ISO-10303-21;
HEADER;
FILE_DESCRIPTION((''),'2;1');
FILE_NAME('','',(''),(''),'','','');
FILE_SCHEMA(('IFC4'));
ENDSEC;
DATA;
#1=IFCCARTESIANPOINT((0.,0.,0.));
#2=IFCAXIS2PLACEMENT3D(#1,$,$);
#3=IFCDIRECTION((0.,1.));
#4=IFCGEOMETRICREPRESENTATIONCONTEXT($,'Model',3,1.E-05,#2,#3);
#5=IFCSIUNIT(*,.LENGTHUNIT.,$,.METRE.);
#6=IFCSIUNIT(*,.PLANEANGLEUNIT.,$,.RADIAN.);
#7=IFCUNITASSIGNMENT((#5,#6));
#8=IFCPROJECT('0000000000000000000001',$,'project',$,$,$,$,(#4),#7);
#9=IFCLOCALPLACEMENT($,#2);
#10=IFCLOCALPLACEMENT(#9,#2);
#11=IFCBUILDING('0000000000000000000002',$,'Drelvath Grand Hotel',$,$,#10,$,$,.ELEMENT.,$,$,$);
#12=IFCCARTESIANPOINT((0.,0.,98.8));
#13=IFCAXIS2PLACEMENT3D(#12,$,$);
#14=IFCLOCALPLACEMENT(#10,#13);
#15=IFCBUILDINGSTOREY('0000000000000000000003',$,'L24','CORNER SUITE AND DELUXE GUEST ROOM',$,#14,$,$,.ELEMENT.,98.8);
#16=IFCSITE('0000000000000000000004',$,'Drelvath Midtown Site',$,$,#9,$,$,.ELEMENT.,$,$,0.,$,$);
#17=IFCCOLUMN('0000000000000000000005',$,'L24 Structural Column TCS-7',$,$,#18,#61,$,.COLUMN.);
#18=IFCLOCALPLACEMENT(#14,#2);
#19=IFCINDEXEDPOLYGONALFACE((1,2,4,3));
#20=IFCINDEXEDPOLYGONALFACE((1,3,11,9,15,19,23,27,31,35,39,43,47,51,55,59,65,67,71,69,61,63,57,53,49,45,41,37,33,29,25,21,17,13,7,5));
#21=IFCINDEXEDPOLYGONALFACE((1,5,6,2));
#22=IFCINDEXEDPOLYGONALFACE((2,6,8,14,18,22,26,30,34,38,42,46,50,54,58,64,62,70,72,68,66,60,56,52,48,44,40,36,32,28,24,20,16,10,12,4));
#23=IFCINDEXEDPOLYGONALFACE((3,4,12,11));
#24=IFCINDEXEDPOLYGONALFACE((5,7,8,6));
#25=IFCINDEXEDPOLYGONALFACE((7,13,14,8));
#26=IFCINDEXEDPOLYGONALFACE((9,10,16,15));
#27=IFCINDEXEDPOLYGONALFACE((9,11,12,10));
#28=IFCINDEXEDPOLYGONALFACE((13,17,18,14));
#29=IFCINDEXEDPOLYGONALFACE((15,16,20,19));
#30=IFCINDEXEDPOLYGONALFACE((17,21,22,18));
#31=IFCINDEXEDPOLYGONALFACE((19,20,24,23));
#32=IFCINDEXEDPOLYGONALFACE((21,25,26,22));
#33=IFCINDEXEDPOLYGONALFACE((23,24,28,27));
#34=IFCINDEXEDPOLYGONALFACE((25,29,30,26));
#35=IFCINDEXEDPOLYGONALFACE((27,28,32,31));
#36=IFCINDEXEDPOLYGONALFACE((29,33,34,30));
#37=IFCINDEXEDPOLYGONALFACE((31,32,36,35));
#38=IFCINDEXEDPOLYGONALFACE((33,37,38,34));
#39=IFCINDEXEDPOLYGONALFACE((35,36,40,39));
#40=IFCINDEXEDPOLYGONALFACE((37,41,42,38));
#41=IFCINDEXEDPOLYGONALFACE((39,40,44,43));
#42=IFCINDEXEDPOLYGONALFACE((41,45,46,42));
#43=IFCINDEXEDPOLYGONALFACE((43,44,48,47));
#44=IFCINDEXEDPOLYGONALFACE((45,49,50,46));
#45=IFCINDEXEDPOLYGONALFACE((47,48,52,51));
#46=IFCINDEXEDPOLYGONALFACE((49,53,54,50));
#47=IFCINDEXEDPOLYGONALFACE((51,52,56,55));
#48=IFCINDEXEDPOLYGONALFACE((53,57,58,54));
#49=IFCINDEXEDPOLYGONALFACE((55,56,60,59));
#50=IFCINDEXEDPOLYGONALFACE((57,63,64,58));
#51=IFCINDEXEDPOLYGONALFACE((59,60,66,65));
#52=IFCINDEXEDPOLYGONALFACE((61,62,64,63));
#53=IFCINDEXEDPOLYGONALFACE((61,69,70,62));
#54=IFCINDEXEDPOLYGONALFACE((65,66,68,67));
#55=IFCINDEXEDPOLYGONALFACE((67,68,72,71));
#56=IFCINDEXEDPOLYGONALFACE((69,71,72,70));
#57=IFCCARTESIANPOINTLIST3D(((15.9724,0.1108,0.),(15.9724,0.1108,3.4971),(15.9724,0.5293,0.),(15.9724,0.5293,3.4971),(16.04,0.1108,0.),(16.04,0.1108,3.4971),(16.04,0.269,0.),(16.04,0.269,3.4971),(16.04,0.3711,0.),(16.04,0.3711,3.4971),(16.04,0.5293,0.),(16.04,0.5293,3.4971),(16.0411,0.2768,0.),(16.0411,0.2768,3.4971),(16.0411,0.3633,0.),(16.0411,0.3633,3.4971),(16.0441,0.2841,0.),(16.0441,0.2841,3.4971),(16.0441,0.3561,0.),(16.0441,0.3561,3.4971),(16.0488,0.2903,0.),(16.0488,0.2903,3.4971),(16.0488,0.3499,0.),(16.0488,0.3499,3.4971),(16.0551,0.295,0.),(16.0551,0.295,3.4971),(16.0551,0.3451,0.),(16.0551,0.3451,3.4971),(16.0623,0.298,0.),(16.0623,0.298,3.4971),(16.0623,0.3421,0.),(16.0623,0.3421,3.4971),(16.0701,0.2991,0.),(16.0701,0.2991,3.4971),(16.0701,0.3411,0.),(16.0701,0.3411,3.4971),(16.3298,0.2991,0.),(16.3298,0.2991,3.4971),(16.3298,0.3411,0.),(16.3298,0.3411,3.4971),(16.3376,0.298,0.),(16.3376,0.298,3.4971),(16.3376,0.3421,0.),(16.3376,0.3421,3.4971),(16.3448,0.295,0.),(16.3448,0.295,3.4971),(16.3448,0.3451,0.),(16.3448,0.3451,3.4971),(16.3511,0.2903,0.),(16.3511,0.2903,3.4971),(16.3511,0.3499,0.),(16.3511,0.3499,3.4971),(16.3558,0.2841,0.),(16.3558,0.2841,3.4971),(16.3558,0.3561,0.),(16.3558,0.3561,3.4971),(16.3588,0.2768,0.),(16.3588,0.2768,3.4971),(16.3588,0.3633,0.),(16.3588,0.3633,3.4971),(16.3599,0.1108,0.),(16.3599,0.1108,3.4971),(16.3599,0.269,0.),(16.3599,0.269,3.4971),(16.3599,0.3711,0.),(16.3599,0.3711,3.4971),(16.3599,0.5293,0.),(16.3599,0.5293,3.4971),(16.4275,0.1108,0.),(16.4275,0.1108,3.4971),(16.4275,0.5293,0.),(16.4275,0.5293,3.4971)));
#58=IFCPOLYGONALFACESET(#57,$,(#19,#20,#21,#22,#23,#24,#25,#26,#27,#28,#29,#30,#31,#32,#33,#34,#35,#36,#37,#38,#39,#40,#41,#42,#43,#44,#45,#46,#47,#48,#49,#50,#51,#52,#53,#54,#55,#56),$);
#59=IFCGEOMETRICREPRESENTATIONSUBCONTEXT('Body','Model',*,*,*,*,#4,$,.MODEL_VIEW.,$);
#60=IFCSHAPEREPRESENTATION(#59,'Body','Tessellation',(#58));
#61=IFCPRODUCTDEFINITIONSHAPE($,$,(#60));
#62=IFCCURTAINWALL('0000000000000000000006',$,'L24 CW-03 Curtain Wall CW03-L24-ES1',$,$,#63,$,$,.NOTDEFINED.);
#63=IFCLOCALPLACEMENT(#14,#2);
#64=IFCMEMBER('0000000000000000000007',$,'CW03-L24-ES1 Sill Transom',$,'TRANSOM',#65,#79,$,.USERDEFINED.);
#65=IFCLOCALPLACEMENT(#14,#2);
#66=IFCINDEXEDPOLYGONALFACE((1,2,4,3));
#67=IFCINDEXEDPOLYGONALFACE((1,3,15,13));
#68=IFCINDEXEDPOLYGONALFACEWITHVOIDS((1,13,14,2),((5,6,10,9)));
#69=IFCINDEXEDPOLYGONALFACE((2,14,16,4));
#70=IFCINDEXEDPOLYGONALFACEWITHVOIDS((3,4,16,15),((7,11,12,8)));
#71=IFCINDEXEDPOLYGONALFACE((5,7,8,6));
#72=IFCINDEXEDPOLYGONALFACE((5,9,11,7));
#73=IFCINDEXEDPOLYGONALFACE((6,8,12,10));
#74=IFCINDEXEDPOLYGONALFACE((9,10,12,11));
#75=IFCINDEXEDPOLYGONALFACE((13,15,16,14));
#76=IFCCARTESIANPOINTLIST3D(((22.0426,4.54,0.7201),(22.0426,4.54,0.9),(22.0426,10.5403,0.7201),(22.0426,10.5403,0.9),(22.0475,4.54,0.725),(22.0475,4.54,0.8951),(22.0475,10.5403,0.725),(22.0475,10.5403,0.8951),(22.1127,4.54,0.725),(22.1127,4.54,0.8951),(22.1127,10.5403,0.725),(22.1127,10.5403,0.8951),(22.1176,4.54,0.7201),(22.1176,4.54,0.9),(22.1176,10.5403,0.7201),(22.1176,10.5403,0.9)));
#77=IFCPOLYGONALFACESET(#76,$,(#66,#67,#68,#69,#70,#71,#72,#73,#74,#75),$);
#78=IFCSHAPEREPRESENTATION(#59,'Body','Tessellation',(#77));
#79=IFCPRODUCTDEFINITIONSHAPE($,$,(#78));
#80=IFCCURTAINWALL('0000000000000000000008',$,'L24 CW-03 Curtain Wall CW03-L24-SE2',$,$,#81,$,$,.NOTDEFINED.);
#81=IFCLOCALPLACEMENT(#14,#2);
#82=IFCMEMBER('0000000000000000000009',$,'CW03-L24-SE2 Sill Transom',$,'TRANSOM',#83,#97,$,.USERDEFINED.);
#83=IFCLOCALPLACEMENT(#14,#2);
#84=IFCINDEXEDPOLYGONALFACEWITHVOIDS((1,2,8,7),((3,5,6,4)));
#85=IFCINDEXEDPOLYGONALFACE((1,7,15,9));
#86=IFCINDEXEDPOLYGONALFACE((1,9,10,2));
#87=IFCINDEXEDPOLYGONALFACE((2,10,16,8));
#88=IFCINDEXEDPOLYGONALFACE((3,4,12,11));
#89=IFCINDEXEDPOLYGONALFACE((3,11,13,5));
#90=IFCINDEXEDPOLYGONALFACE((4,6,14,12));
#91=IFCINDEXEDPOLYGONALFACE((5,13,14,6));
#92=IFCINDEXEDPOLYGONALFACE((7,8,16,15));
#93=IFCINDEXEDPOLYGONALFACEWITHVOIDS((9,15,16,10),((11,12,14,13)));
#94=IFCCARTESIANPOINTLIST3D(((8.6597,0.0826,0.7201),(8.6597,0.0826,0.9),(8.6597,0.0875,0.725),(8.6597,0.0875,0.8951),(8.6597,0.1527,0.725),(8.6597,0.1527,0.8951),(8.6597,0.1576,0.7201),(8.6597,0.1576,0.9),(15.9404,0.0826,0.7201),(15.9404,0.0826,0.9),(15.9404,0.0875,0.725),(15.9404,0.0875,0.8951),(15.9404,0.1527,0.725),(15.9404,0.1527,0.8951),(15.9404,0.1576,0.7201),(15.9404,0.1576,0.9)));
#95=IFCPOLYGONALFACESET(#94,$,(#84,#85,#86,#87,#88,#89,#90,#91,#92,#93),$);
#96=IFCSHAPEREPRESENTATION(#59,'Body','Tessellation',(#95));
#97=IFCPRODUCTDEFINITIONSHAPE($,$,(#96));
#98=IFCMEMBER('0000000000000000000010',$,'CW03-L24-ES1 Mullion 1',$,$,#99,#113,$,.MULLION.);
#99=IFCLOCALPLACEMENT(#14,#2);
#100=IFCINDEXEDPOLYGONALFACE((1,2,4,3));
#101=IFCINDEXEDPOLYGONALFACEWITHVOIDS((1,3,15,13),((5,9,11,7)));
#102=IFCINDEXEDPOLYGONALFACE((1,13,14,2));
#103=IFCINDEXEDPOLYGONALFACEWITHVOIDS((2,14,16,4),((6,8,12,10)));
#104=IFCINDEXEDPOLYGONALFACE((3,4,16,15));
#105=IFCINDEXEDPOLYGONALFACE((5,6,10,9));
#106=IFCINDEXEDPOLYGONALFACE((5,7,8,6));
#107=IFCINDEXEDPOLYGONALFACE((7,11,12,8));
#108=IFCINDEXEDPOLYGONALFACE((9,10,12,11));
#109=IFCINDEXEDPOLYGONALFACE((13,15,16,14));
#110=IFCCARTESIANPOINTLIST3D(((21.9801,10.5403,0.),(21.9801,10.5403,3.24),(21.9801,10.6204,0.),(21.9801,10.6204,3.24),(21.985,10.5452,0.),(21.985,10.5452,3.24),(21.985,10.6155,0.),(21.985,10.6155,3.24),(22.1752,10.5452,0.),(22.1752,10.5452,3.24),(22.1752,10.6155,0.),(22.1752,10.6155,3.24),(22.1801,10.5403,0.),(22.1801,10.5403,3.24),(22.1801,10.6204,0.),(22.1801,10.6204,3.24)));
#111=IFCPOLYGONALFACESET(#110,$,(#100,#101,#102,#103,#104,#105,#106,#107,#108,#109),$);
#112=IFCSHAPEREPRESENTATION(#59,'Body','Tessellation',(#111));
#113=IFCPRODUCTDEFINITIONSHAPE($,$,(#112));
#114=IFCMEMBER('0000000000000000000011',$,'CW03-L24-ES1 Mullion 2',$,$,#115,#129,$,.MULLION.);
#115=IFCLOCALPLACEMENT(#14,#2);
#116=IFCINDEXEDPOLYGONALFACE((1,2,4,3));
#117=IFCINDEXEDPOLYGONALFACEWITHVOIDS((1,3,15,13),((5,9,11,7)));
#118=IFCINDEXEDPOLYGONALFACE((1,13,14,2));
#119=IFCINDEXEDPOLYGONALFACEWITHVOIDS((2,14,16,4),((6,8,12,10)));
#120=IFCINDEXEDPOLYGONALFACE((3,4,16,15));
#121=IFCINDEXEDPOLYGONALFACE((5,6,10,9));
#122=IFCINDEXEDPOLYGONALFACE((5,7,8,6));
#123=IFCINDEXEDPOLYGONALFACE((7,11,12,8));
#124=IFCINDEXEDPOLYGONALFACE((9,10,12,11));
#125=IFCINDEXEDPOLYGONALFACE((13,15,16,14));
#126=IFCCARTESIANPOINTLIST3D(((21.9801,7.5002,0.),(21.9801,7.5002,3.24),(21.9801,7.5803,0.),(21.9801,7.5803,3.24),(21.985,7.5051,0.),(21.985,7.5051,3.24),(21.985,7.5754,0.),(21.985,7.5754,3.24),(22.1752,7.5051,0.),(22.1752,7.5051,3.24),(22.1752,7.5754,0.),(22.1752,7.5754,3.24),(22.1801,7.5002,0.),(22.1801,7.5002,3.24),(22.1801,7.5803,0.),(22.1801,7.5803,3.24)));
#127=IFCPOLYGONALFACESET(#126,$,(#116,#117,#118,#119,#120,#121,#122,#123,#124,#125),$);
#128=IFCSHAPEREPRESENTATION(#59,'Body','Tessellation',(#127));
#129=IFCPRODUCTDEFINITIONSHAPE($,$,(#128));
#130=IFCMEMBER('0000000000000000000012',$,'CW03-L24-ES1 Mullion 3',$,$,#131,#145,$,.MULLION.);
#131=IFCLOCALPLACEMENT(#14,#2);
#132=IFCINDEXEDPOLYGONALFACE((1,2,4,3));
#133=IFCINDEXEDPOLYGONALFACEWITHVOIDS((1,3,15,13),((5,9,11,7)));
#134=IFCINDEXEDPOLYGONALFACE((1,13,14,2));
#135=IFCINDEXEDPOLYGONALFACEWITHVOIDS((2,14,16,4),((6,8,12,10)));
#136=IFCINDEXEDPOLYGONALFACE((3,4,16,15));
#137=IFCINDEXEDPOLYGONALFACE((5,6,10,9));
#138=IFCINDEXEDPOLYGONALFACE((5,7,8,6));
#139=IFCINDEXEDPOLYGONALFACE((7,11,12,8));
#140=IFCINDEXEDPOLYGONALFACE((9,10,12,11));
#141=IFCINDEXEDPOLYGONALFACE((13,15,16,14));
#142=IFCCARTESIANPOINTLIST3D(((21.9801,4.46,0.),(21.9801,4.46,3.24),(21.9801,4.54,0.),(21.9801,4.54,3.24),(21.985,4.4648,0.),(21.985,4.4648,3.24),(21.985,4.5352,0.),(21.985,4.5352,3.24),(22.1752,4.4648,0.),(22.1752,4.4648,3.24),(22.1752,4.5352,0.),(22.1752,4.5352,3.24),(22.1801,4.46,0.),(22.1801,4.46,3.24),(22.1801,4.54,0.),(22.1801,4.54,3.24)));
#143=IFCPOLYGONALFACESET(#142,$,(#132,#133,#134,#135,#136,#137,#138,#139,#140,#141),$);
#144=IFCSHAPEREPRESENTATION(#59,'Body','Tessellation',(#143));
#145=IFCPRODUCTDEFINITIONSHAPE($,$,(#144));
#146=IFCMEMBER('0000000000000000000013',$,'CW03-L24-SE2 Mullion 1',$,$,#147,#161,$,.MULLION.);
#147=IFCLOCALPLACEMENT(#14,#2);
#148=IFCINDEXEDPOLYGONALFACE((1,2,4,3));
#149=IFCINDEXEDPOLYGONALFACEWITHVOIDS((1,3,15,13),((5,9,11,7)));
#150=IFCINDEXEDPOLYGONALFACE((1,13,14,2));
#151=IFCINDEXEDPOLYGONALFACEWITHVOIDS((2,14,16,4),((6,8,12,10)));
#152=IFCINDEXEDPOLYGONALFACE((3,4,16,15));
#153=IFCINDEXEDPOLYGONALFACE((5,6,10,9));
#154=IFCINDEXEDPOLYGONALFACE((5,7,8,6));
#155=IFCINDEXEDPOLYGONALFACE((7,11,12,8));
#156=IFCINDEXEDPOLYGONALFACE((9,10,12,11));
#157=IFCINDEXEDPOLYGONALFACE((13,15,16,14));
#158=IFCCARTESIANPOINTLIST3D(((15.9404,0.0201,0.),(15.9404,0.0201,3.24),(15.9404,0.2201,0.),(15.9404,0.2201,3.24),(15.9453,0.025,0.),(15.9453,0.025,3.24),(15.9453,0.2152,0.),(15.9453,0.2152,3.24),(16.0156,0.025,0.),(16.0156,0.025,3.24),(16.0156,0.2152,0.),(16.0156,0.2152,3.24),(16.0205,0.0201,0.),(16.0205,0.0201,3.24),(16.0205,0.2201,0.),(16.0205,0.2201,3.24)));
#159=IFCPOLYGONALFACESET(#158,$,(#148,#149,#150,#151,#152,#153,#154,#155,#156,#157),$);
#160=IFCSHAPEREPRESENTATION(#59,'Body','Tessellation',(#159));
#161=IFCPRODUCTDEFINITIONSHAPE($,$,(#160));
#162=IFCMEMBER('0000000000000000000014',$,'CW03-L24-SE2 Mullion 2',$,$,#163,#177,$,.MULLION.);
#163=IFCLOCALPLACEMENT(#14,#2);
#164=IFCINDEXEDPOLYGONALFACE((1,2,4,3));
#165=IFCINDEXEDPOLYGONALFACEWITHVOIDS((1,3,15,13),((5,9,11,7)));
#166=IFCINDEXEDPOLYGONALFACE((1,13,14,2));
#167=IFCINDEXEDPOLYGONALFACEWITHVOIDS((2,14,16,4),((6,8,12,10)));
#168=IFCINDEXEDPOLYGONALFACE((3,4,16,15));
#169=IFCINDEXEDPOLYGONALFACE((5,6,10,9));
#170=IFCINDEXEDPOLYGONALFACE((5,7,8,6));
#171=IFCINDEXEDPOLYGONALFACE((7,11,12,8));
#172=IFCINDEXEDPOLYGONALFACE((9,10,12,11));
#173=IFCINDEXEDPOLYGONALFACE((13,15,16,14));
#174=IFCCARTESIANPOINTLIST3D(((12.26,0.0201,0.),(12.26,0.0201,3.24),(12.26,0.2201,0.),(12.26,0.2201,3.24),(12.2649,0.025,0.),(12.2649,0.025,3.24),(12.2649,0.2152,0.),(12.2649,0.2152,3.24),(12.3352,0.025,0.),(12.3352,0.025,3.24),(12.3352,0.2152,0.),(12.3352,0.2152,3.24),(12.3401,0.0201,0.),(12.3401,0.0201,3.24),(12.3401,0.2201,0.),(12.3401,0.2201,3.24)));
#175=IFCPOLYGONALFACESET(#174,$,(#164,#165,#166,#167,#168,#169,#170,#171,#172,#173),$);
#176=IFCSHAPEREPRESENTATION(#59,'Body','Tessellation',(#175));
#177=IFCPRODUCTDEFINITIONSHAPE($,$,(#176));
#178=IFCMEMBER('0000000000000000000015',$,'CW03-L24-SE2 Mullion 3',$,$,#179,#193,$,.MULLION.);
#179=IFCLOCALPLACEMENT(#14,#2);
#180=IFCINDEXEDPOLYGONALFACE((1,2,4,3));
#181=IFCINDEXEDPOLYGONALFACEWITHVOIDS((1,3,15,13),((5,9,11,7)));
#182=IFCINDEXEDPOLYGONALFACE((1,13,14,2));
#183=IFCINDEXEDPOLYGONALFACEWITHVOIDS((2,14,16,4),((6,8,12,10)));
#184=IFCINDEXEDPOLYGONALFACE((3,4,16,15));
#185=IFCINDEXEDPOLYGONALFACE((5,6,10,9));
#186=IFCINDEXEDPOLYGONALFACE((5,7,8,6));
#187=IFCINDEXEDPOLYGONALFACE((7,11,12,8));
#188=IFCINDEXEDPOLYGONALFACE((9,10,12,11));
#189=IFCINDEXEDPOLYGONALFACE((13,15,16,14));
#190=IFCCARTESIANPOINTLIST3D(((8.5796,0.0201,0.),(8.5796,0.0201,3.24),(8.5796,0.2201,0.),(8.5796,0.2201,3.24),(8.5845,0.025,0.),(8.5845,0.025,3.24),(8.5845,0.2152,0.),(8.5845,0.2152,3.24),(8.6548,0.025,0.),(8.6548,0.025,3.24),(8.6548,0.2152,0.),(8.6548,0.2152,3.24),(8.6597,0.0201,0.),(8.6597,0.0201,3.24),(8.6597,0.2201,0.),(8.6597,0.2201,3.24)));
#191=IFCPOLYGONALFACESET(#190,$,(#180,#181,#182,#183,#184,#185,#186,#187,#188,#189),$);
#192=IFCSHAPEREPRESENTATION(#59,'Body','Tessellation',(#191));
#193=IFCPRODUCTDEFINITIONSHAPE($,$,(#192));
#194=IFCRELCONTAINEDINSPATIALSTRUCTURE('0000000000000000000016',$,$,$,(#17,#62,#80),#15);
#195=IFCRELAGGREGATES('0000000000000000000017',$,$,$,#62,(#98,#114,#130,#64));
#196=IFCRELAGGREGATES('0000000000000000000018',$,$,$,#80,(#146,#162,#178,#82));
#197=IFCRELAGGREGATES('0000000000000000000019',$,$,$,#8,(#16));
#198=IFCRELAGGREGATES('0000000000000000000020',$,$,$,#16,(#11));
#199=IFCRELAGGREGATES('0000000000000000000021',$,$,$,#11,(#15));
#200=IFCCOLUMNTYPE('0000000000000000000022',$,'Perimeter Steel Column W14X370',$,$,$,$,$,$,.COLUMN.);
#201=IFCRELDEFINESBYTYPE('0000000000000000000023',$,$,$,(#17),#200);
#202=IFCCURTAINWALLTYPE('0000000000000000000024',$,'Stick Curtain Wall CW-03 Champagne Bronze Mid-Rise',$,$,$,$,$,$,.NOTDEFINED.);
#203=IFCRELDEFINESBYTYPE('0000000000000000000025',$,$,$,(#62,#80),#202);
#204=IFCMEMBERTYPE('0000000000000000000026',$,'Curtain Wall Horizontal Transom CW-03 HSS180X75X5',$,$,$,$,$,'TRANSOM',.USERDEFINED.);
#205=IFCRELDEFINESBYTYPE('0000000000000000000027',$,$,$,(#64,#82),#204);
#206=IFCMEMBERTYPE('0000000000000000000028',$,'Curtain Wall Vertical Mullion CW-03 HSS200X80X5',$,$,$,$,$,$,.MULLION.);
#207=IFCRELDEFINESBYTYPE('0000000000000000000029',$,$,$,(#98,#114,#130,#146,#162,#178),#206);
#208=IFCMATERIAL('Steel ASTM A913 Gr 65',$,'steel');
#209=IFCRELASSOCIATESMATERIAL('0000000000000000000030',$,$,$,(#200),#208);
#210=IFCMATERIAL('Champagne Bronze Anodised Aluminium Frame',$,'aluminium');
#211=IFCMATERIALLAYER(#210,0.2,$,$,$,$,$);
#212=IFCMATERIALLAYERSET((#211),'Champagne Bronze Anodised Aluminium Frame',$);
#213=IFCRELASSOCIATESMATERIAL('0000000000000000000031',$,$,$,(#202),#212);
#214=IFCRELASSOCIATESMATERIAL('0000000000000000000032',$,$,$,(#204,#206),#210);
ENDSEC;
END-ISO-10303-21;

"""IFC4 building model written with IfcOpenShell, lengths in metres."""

from ifc_helpers import new_model, si_unit, direction, frame, origin, origin_2d, place, context, subcontext, project, spatial, hollow_rectangle, i_section, extrude, material, layer, layer_set, material_profile, profile_set, type_object, element, aggregate, save


model = new_model("IFC4")

# Units and contexts
model_context = context("Model", 3, precision=1e-05, world=origin(), true_north=direction((0.0, 1.0)))
body_context = subcontext(model_context, "Body", "Model", "MODEL_VIEW")
ifc_project = project(units=[si_unit("LENGTHUNIT", "METRE"), si_unit("PLANEANGLEUNIT", "RADIAN")], contexts=[model_context])

# Site, building, storey
site_placement = place(None, origin())
site = spatial("IfcSite", under=ifc_project, at=site_placement, Name="Drelvath Midtown Site", CompositionType="ELEMENT", RefElevation=0.0)
building_placement = place(site_placement, origin())
building = spatial("IfcBuilding", under=site, at=building_placement, Name="Drelvath Grand Hotel", CompositionType="ELEMENT")
storey_placement = place(building_placement, frame((0.0, 0.0, 98.8)))
storey = spatial("IfcBuildingStorey", under=building, at=storey_placement, Name="L24", Description="CORNER SUITE AND DELUXE GUEST ROOM", CompositionType="ELEMENT", Elevation=98.8)

# Column
ifc_material_1 = material(Name="Steel ASTM A913 Gr 65", Category="steel")
ifc_material_profile_1 = material_profile(ifc_material_1, i_section(OverallWidth=0.4185, OverallDepth=0.4551, WebThickness=0.042, FlangeThickness=0.0676, FilletRadius=0.03, at=origin_2d()), Name="W14X370")
ifc_profile_set_1 = profile_set([ifc_material_profile_1], Name="Steel ASTM A913 Gr 65")
column_type = type_object("IfcColumnType", Name="Perimeter Steel Column W14X370", PredefinedType="COLUMN", material=ifc_profile_set_1)
column_placement = place(storey_placement, frame((16.2, 0.3201, 0.0), z_axis=(0.0, 0.0, 1.0), x_axis=(0.0, 1.0, 0.0)))
element("IfcColumn", 1, at=column_placement, inside=storey, type_object=column_type, Name="L24 Structural Column TCS-7", PredefinedType="COLUMN", context=body_context, shape_type="SweptSolid", body=[
    extrude(i_section(OverallWidth=0.4185, OverallDepth=0.4551, WebThickness=0.042, FlangeThickness=0.0676, FilletRadius=0.03, at=origin_2d()), origin(), (0.0, 0.0, 1.0), 3.4971),
])

# Curtain walls, members
ifc_material_2 = material(Name="Champagne Bronze Anodised Aluminium Frame", Category="aluminium")
ifc_layer_1 = layer(ifc_material_2, 0.2)
ifc_layer_set_1 = layer_set([ifc_layer_1], Name="Champagne Bronze Anodised Aluminium Frame")
curtain_wall_type = type_object("IfcCurtainWallType", Name="Stick Curtain Wall CW-03 Champagne Bronze Mid-Rise", PredefinedType="NOTDEFINED", material=ifc_layer_set_1)
curtain_wall_1_placement = place(storey_placement, origin())
curtain_wall_1 = element("IfcCurtainWall", 2, at=curtain_wall_1_placement, inside=storey, type_object=curtain_wall_type, Name="L24 CW-03 Curtain Wall CW03-L24-ES1", PredefinedType="NOTDEFINED")
ifc_material_profile_2 = material_profile(ifc_material_2, hollow_rectangle(XDim=0.075, YDim=0.1799, WallThickness=0.0049, at=origin_2d()), Name="HSS180X75X5")
ifc_profile_set_2 = profile_set([ifc_material_profile_2], Name="Champagne Bronze Anodised Aluminium Frame")
member_type_1 = type_object("IfcMemberType", Name="Curtain Wall Horizontal Transom CW-03 HSS180X75X5", ElementType="TRANSOM", PredefinedType="USERDEFINED", material=ifc_profile_set_2)
member_1_placement = place(storey_placement, frame((22.0801, 10.5403, 0.8101), z_axis=(0.0, -1.0, 0.0), x_axis=(1.0, 0.0, 0.0)))
member_1 = element("IfcMember", 3, at=member_1_placement, type_object=member_type_1, Name="CW03-L24-ES1 Sill Transom", ObjectType="TRANSOM", PredefinedType="USERDEFINED", context=body_context, shape_type="SweptSolid", body=[
    extrude(hollow_rectangle(XDim=0.075, YDim=0.1799, WallThickness=0.0049, at=origin_2d()), origin(), (0.0, 0.0, 1.0), 6.0002),
])
curtain_wall_2_placement = place(storey_placement, origin())
curtain_wall_2 = element("IfcCurtainWall", 4, at=curtain_wall_2_placement, inside=storey, type_object=curtain_wall_type, Name="L24 CW-03 Curtain Wall CW03-L24-SE2", PredefinedType="NOTDEFINED")
member_2_placement = place(storey_placement, frame((15.9404, 0.1201, 0.8101), z_axis=(-1.0, 0.0, 0.0), x_axis=(0.0, -1.0, 0.0)))
member_2 = element("IfcMember", 5, at=member_2_placement, type_object=member_type_1, Name="CW03-L24-SE2 Sill Transom", ObjectType="TRANSOM", PredefinedType="USERDEFINED", context=body_context, shape_type="SweptSolid", body=[
    extrude(hollow_rectangle(XDim=0.075, YDim=0.1799, WallThickness=0.0049, at=origin_2d()), origin(), (0.0, 0.0, 1.0), 7.2808),
])

# Members
ifc_material_profile_3 = material_profile(ifc_material_2, hollow_rectangle(XDim=0.0801, YDim=0.2, WallThickness=0.0049, at=origin_2d()), Name="HSS200X80X5")
ifc_profile_set_3 = profile_set([ifc_material_profile_3], Name="Champagne Bronze Anodised Aluminium Frame")
member_type_2 = type_object("IfcMemberType", Name="Curtain Wall Vertical Mullion CW-03 HSS200X80X5", PredefinedType="MULLION", material=ifc_profile_set_3)
member_3_placement = place(storey_placement, frame((22.0801, 10.5803, 0.0), z_axis=(0.0, 0.0, 1.0), x_axis=(0.0, 1.0, 0.0)))
member_3 = element("IfcMember", 6, at=member_3_placement, type_object=member_type_2, Name="CW03-L24-ES1 Mullion 1", PredefinedType="MULLION", context=body_context, shape_type="SweptSolid", body=[
    extrude(hollow_rectangle(XDim=0.0801, YDim=0.2, WallThickness=0.0049, at=origin_2d()), origin(), (0.0, 0.0, 1.0), 3.24),
])
member_4_placement = place(storey_placement, frame((22.0801, 7.5403, 0.0), z_axis=(0.0, 0.0, 1.0), x_axis=(0.0, 1.0, 0.0)))
member_4 = element("IfcMember", 7, at=member_4_placement, type_object=member_type_2, Name="CW03-L24-ES1 Mullion 2", PredefinedType="MULLION", context=body_context, shape_type="SweptSolid", body=[
    extrude(hollow_rectangle(XDim=0.0801, YDim=0.2, WallThickness=0.0049, at=origin_2d()), origin(), (0.0, 0.0, 1.0), 3.24),
])
member_5_placement = place(storey_placement, frame((22.0801, 4.5, 0.0), z_axis=(0.0, 0.0, 1.0), x_axis=(0.0, 1.0, 0.0)))
member_5 = element("IfcMember", 8, at=member_5_placement, type_object=member_type_2, Name="CW03-L24-ES1 Mullion 3", PredefinedType="MULLION", context=body_context, shape_type="SweptSolid", body=[
    extrude(hollow_rectangle(XDim=0.0801, YDim=0.2, WallThickness=0.0049, at=origin_2d()), origin(), (0.0, 0.0, 1.0), 3.24),
])
member_6_placement = place(storey_placement, frame((15.9805, 0.1201, 0.0), z_axis=(0.0, 0.0, 1.0), x_axis=(1.0, 0.0, 0.0)))
member_6 = element("IfcMember", 9, at=member_6_placement, type_object=member_type_2, Name="CW03-L24-SE2 Mullion 1", PredefinedType="MULLION", context=body_context, shape_type="SweptSolid", body=[
    extrude(hollow_rectangle(XDim=0.0801, YDim=0.2, WallThickness=0.0049, at=origin_2d()), origin(), (0.0, 0.0, 1.0), 3.24),
])
member_7_placement = place(storey_placement, frame((12.3, 0.1201, 0.0), z_axis=(0.0, 0.0, 1.0), x_axis=(1.0, 0.0, 0.0)))
member_7 = element("IfcMember", 10, at=member_7_placement, type_object=member_type_2, Name="CW03-L24-SE2 Mullion 2", PredefinedType="MULLION", context=body_context, shape_type="SweptSolid", body=[
    extrude(hollow_rectangle(XDim=0.0801, YDim=0.2, WallThickness=0.0049, at=origin_2d()), origin(), (0.0, 0.0, 1.0), 3.24),
])
member_8_placement = place(storey_placement, frame((8.6196, 0.1201, 0.0), z_axis=(0.0, 0.0, 1.0), x_axis=(1.0, 0.0, 0.0)))
member_8 = element("IfcMember", 11, at=member_8_placement, type_object=member_type_2, Name="CW03-L24-SE2 Mullion 3", PredefinedType="MULLION", context=body_context, shape_type="SweptSolid", body=[
    extrude(hollow_rectangle(XDim=0.0801, YDim=0.2, WallThickness=0.0049, at=origin_2d()), origin(), (0.0, 0.0, 1.0), 3.24),
])

aggregate(curtain_wall_1, [member_3, member_4, member_5, member_1])
aggregate(curtain_wall_2, [member_6, member_7, member_8, member_2])

save(model, "model.ifc")
